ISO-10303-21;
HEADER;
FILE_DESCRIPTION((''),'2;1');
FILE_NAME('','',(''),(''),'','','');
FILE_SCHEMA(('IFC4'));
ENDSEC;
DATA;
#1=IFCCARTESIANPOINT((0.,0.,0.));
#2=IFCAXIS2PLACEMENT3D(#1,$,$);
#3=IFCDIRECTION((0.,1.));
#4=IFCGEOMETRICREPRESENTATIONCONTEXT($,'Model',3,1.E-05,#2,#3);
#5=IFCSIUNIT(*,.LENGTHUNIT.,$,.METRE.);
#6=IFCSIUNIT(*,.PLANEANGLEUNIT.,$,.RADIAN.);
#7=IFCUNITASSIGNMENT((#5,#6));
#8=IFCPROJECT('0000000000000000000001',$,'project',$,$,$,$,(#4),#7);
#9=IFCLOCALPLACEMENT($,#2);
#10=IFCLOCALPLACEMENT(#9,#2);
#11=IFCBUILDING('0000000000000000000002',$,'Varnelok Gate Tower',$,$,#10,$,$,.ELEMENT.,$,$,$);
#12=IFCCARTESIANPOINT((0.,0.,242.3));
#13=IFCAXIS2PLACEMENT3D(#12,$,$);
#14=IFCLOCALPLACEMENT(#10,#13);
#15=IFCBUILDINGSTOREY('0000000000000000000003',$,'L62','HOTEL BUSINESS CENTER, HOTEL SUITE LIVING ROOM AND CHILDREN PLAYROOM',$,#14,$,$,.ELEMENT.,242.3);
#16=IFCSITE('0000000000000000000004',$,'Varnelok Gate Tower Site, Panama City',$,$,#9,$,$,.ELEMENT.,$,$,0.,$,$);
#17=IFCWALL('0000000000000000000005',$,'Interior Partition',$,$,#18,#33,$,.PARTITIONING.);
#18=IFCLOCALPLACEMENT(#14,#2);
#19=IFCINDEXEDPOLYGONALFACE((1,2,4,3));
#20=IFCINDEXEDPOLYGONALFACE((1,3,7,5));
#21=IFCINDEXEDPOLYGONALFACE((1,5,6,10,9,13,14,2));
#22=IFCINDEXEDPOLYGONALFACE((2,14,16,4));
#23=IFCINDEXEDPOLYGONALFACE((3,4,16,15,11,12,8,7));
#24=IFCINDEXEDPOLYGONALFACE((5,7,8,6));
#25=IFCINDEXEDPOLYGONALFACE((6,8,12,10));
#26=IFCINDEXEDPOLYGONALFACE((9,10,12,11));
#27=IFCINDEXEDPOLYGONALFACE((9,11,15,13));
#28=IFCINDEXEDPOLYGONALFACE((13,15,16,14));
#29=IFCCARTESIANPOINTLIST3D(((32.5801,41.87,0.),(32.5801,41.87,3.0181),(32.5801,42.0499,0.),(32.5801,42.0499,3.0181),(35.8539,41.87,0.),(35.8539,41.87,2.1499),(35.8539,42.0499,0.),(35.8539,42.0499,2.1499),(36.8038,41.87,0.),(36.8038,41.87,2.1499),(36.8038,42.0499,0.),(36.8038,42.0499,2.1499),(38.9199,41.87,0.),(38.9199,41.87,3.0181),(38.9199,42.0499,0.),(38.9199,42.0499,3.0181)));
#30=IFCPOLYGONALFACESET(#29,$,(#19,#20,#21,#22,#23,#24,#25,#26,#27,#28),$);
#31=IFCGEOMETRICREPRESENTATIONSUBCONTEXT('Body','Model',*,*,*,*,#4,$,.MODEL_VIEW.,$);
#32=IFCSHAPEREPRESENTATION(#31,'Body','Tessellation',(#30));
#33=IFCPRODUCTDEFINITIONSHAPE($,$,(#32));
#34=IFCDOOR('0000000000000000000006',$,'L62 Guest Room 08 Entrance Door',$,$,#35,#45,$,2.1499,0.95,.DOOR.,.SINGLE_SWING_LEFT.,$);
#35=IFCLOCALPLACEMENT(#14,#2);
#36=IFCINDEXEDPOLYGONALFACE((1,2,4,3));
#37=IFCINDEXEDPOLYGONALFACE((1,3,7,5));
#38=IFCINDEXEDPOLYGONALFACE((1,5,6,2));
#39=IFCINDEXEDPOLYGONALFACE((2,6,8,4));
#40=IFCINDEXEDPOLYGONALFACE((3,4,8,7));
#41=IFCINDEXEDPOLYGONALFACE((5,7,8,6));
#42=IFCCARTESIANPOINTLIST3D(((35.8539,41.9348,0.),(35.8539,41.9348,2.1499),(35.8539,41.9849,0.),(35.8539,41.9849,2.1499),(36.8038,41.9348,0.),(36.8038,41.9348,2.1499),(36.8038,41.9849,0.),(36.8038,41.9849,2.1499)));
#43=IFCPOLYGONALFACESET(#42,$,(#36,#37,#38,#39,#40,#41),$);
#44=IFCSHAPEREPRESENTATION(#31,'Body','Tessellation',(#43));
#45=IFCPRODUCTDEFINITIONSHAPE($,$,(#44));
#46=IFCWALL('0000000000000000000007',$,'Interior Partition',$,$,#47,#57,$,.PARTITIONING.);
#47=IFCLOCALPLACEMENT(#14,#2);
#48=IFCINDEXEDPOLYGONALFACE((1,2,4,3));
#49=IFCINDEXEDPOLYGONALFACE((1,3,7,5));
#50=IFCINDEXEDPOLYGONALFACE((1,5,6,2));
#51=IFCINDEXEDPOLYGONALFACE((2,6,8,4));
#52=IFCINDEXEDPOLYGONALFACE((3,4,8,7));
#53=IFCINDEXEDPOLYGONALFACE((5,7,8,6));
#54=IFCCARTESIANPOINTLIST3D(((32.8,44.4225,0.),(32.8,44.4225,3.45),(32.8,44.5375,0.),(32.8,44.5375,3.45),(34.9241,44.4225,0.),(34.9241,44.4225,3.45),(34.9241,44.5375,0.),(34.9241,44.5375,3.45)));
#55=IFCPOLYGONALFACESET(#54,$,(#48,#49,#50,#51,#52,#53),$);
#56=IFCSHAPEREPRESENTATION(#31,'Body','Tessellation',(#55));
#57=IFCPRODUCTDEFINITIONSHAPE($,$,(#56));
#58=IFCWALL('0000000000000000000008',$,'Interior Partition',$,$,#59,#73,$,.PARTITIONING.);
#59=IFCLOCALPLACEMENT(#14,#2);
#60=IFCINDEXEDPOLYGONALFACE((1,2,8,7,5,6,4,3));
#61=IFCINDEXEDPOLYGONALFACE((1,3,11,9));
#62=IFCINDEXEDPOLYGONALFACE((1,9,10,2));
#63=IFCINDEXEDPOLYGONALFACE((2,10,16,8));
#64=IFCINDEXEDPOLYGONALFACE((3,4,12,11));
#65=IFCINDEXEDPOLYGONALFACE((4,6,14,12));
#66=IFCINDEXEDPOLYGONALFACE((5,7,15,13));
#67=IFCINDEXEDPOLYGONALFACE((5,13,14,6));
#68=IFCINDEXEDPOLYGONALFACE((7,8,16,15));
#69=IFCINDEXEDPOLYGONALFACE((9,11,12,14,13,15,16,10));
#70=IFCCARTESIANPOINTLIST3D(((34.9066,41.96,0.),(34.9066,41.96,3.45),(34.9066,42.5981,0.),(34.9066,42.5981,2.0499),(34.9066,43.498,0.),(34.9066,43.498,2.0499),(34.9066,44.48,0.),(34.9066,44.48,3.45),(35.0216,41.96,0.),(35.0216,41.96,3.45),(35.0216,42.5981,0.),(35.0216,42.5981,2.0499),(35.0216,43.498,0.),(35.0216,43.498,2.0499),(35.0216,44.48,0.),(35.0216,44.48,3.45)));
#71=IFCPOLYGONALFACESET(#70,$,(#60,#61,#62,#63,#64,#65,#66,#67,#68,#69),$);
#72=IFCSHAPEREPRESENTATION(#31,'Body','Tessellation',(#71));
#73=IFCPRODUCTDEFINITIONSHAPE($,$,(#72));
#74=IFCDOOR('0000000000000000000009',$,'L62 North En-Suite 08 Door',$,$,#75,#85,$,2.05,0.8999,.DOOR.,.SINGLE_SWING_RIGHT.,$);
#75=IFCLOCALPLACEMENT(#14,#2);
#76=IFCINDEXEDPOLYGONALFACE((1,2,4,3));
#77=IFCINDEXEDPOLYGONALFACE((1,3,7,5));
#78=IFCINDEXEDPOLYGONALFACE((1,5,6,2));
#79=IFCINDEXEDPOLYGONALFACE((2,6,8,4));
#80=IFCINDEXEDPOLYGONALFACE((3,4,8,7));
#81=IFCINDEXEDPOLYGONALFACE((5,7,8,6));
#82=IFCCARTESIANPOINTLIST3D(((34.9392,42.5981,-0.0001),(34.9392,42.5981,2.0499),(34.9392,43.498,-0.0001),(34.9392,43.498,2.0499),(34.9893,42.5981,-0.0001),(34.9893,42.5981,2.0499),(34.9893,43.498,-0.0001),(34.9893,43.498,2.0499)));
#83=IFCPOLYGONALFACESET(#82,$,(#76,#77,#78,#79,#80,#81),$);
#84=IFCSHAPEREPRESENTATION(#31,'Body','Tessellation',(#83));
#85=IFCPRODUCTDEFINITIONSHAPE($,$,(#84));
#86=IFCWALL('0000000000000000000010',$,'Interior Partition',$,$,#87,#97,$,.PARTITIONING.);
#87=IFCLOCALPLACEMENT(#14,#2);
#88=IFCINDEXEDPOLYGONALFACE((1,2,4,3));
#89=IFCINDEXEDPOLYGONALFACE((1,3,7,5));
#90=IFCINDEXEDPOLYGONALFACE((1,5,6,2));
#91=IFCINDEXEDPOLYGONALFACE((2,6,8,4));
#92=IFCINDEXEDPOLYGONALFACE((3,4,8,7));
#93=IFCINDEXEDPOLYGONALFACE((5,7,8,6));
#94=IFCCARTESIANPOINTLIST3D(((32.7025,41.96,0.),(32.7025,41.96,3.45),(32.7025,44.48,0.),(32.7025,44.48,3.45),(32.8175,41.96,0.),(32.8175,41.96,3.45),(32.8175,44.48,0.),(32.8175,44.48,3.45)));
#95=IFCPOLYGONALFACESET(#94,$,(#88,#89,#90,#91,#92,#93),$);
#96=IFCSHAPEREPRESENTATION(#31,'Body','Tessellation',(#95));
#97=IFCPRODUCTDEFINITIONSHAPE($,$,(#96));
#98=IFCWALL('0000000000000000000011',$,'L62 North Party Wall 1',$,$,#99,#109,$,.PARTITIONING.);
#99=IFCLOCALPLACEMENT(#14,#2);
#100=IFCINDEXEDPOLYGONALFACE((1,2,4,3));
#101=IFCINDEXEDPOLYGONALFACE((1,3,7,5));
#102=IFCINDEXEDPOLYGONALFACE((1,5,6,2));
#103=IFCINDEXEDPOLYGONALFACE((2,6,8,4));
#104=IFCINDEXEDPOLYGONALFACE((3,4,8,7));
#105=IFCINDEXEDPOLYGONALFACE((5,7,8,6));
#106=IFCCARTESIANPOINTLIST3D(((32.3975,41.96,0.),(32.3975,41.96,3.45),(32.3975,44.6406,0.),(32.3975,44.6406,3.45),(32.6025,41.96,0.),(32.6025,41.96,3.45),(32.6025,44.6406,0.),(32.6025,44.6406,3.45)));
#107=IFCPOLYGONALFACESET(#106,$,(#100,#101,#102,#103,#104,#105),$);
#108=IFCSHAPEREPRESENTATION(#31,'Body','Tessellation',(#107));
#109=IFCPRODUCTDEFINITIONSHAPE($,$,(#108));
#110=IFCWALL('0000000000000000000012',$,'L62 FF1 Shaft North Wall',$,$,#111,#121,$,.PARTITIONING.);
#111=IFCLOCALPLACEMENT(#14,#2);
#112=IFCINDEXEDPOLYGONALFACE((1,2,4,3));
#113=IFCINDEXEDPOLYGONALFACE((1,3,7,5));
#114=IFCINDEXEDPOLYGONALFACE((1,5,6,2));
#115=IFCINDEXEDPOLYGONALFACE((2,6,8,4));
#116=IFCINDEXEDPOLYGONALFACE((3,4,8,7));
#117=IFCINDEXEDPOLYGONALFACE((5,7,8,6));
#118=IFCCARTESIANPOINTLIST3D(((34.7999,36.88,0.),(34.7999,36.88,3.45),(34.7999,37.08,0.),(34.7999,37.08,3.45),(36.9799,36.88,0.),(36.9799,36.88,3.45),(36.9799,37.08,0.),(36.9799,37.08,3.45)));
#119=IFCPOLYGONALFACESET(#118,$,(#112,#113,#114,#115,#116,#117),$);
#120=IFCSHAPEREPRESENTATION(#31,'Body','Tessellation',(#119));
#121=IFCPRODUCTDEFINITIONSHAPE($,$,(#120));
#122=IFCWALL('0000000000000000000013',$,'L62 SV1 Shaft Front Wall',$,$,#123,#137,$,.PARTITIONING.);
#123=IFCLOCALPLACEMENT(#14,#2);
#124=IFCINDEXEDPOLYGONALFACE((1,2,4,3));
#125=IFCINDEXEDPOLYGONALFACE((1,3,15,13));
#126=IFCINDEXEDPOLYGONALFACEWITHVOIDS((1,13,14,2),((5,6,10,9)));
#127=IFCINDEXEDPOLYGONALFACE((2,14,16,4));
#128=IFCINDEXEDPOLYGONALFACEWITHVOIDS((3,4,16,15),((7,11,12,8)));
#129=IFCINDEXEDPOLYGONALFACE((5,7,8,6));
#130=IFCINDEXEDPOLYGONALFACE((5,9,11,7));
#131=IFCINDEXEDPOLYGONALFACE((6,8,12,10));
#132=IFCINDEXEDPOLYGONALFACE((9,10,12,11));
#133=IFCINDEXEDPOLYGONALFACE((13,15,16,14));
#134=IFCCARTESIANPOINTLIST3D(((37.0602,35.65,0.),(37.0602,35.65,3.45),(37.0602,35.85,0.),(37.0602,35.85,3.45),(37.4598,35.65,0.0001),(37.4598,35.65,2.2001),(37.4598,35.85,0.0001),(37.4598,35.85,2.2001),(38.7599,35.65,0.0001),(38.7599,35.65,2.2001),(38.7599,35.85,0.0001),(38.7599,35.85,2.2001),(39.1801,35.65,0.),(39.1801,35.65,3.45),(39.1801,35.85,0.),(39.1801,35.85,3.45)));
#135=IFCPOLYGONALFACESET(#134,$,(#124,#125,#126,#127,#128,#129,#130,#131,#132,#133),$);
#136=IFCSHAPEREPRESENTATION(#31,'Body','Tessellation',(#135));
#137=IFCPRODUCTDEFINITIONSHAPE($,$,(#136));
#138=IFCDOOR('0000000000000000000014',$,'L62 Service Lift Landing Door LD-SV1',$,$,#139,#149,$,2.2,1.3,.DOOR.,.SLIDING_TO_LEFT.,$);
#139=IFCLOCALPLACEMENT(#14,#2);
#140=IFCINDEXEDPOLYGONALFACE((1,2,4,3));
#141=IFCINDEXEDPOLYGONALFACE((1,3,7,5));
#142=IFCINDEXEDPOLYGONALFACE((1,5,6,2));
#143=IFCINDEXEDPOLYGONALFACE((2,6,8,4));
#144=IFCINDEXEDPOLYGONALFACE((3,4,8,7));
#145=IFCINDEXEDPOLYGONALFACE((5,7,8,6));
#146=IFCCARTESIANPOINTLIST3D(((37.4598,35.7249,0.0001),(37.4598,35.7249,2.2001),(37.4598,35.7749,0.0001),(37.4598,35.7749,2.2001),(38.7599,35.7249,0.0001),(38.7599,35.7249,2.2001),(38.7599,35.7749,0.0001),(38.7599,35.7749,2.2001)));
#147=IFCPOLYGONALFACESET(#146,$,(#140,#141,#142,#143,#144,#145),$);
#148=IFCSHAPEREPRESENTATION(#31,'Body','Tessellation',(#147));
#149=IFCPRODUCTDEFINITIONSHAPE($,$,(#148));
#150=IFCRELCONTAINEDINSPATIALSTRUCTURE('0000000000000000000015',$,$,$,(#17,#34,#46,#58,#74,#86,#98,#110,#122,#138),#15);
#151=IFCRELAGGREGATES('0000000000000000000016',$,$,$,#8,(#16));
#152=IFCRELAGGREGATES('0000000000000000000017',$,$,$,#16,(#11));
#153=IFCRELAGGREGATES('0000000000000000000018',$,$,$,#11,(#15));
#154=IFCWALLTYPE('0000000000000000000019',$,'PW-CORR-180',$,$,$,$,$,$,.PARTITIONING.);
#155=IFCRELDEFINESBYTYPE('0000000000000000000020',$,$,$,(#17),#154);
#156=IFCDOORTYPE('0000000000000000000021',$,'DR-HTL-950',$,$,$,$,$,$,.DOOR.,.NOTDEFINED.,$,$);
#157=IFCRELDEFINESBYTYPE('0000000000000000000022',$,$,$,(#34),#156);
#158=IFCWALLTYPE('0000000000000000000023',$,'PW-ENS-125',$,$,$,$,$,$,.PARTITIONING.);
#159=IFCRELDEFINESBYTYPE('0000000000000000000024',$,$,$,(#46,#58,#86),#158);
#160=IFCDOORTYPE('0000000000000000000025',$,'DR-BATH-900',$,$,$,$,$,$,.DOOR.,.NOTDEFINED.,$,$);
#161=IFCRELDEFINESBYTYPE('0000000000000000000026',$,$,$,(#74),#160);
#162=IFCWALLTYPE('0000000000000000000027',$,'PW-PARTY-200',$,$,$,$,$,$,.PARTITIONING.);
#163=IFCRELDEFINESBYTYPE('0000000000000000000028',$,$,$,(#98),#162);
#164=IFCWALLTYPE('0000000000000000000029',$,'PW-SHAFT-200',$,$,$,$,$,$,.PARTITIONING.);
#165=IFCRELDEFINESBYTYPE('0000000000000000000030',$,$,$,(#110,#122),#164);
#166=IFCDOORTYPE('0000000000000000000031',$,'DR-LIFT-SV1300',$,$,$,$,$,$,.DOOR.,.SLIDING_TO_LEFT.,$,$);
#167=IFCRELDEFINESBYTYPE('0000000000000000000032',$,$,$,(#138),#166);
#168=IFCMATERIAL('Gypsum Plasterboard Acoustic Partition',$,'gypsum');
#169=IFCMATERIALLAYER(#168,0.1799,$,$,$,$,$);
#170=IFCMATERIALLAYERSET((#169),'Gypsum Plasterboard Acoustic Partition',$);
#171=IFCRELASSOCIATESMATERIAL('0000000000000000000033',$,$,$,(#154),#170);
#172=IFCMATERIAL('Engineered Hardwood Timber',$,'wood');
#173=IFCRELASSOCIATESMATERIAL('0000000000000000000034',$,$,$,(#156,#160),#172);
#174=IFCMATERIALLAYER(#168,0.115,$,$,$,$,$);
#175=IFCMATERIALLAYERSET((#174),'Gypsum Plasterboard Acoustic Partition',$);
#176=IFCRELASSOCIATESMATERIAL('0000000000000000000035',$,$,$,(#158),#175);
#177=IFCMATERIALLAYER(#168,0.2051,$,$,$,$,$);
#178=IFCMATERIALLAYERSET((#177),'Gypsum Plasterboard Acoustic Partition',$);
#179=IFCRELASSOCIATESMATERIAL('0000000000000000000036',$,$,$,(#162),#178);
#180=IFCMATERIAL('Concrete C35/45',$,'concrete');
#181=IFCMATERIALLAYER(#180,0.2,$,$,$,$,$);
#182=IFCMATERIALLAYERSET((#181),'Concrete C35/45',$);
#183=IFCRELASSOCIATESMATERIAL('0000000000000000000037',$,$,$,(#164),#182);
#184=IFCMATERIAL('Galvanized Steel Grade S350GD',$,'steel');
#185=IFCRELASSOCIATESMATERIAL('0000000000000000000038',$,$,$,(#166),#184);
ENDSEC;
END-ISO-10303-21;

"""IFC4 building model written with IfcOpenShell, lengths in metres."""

from ifc_helpers import new_model, si_unit, direction, frame, frame_2d, origin, place, context, subcontext, project, spatial, rectangle, extrude, material, layer, layer_set, type_object, element, fill, save


model = new_model("IFC4")

# Units and contexts
model_context = context("Model", 3, precision=1e-05, world=origin(), true_north=direction((0.0, 1.0)))
body_context = subcontext(model_context, "Body", "Model", "MODEL_VIEW")
ifc_project = project(units=[si_unit("LENGTHUNIT", "METRE"), si_unit("PLANEANGLEUNIT", "RADIAN")], contexts=[model_context])

# Site, building, storey
site_placement = place(None, origin())
site = spatial("IfcSite", under=ifc_project, at=site_placement, Name="Varnelok Gate Tower Site, Panama City", CompositionType="ELEMENT", RefElevation=0.0)
building_placement = place(site_placement, origin())
building = spatial("IfcBuilding", under=site, at=building_placement, Name="Varnelok Gate Tower", CompositionType="ELEMENT")
storey_placement = place(building_placement, frame((0.0, 0.0, 242.3)))
storey = spatial("IfcBuildingStorey", under=building, at=storey_placement, Name="L62", Description="HOTEL BUSINESS CENTER, HOTEL SUITE LIVING ROOM AND CHILDREN PLAYROOM", CompositionType="ELEMENT", Elevation=242.3)

# Wall, opening, door
ifc_material_1 = material(Name="Gypsum Plasterboard Acoustic Partition", Category="gypsum")
ifc_layer_1 = layer(ifc_material_1, 0.1799)
ifc_layer_set_1 = layer_set([ifc_layer_1], Name="Gypsum Plasterboard Acoustic Partition")
wall_type_1 = type_object("IfcWallType", Name="PW-CORR-180", PredefinedType="PARTITIONING", material=ifc_layer_set_1)
wall_1_placement = place(storey_placement, frame((32.5801, 41.96, 0.0), z_axis=(0.0, 0.0, 1.0), x_axis=(1.0, 0.0, 0.0)))
wall_1 = element("IfcWall", 1, at=wall_1_placement, inside=storey, type_object=wall_type_1, Name="Interior Partition", PredefinedType="PARTITIONING", context=body_context, shape_type="SweptSolid", body=[
    extrude(rectangle(XDim=6.3398, YDim=0.1799, at=frame_2d((3.1699, 0.0))), origin(), (0.0, 0.0, 1.0), 3.0181),
])
opening_1_placement = place(wall_1_placement, frame((3.2737, 0.0, 0.0)))
opening_1 = element("IfcOpeningElement", 2, at=opening_1_placement, cuts=wall_1, PredefinedType="OPENING", context=body_context, shape_type="SweptSolid", body=[
    extrude(rectangle(XDim=0.95, YDim=2.1499, at=frame_2d((0.4751, 1.075))), frame((0.0, 0.0999, 0.0), z_axis=(0.0, -1.0, 0.0), x_axis=(1.0, 0.0, 0.0)), (0.0, 0.0, 1.0), 0.2),
])
ifc_material_2 = material(Name="Engineered Hardwood Timber", Category="wood")
door_type_1 = type_object("IfcDoorType", Name="DR-HTL-950", OperationType="NOTDEFINED", PredefinedType="DOOR", material=ifc_material_2)
door_1_placement = place(opening_1_placement, origin())
door_1 = element("IfcDoor", 3, at=door_1_placement, inside=storey, type_object=door_type_1, Name="L62 Guest Room 08 Entrance Door", OperationType="SINGLE_SWING_LEFT", OverallHeight=2.1499, OverallWidth=0.95, PredefinedType="DOOR", context=body_context, shape_type="SweptSolid", body=[
    extrude(rectangle(XDim=0.95, YDim=2.1499, at=frame_2d((0.4751, 1.075))), frame((0.0, 0.0249, 0.0), z_axis=(0.0, -1.0, 0.0), x_axis=(1.0, 0.0, 0.0)), (0.0, 0.0, 1.0), 0.05),
])
fill(opening_1, door_1)

# Wall
ifc_layer_2 = layer(ifc_material_1, 0.115)
ifc_layer_set_2 = layer_set([ifc_layer_2], Name="Gypsum Plasterboard Acoustic Partition")
wall_type_2 = type_object("IfcWallType", Name="PW-ENS-125", PredefinedType="PARTITIONING", material=ifc_layer_set_2)
wall_2_placement = place(storey_placement, frame((32.8, 44.48, 0.0), z_axis=(0.0, 0.0, 1.0), x_axis=(1.0, 0.0, 0.0)))
element("IfcWall", 4, at=wall_2_placement, inside=storey, type_object=wall_type_2, Name="Interior Partition", PredefinedType="PARTITIONING", context=body_context, shape_type="SweptSolid", body=[
    extrude(rectangle(XDim=2.124, YDim=0.115, at=frame_2d((1.062, 0.0))), origin(), (0.0, 0.0, 1.0), 3.45),
])

# Wall, opening, door
wall_3_placement = place(storey_placement, frame((34.9641, 41.96, 0.0), z_axis=(0.0, 0.0, 1.0), x_axis=(0.0, 1.0, 0.0)))
wall_3 = element("IfcWall", 5, at=wall_3_placement, inside=storey, type_object=wall_type_2, Name="Interior Partition", PredefinedType="PARTITIONING", context=body_context, shape_type="SweptSolid", body=[
    extrude(rectangle(XDim=2.52, YDim=0.115, at=frame_2d((1.26, 0.0))), origin(), (0.0, 0.0, 1.0), 3.45),
])
opening_2_placement = place(wall_3_placement, frame((0.6382, 0.0, 0.0)))
opening_2 = element("IfcOpeningElement", 6, at=opening_2_placement, cuts=wall_3, PredefinedType="OPENING", context=body_context, shape_type="SweptSolid", body=[
    extrude(rectangle(XDim=0.8999, YDim=2.05, at=frame_2d((0.45, 1.0249))), frame((0.0, 0.0674, 0.0), z_axis=(0.0, -1.0, 0.0), x_axis=(1.0, 0.0, 0.0)), (0.0, 0.0, 1.0), 0.135),
])
door_type_2 = type_object("IfcDoorType", Name="DR-BATH-900", OperationType="NOTDEFINED", PredefinedType="DOOR", material=ifc_material_2)
door_2_placement = place(opening_2_placement, origin())
door_2 = element("IfcDoor", 7, at=door_2_placement, inside=storey, type_object=door_type_2, Name="L62 North En-Suite 08 Door", OperationType="SINGLE_SWING_RIGHT", OverallHeight=2.05, OverallWidth=0.8999, PredefinedType="DOOR", context=body_context, shape_type="SweptSolid", body=[
    extrude(rectangle(XDim=0.8999, YDim=2.05, at=frame_2d((0.45, 1.0249))), frame((0.0, 0.0249, 0.0), z_axis=(0.0, -1.0, 0.0), x_axis=(1.0, 0.0, 0.0)), (0.0, 0.0, 1.0), 0.05),
])
fill(opening_2, door_2)

# Walls
wall_4_placement = place(storey_placement, frame((32.76, 41.96, 0.0), z_axis=(0.0, 0.0, 1.0), x_axis=(0.0, 1.0, 0.0)))
element("IfcWall", 8, at=wall_4_placement, inside=storey, type_object=wall_type_2, Name="Interior Partition", PredefinedType="PARTITIONING", context=body_context, shape_type="SweptSolid", body=[
    extrude(rectangle(XDim=2.52, YDim=0.115, at=frame_2d((1.26, 0.0))), origin(), (0.0, 0.0, 1.0), 3.45),
])
ifc_layer_3 = layer(ifc_material_1, 0.2051)
ifc_layer_set_3 = layer_set([ifc_layer_3], Name="Gypsum Plasterboard Acoustic Partition")
wall_type_3 = type_object("IfcWallType", Name="PW-PARTY-200", PredefinedType="PARTITIONING", material=ifc_layer_set_3)
wall_5_placement = place(storey_placement, frame((32.5, 41.96, 0.0), z_axis=(0.0, 0.0, 1.0), x_axis=(0.0, 1.0, 0.0)))
element("IfcWall", 9, at=wall_5_placement, inside=storey, type_object=wall_type_3, Name="L62 North Party Wall 1", PredefinedType="PARTITIONING", context=body_context, shape_type="SweptSolid", body=[
    extrude(rectangle(XDim=2.6807, YDim=0.2051, at=frame_2d((1.3403, 0.0))), origin(), (0.0, 0.0, 1.0), 3.45),
])
ifc_material_3 = material(Name="Concrete C35/45", Category="concrete")
ifc_layer_4 = layer(ifc_material_3, 0.2)
ifc_layer_set_4 = layer_set([ifc_layer_4], Name="Concrete C35/45")
wall_type_4 = type_object("IfcWallType", Name="PW-SHAFT-200", PredefinedType="PARTITIONING", material=ifc_layer_set_4)
wall_6_placement = place(storey_placement, frame((34.8, 36.98, 0.0), z_axis=(0.0, 0.0, 1.0), x_axis=(1.0, 0.0, 0.0)))
element("IfcWall", 10, at=wall_6_placement, inside=storey, type_object=wall_type_4, Name="L62 FF1 Shaft North Wall", PredefinedType="PARTITIONING", context=body_context, shape_type="SweptSolid", body=[
    extrude(rectangle(XDim=2.1799, YDim=0.2, at=frame_2d((1.0898, 0.0))), origin(), (0.0, 0.0, 1.0), 3.45),
])

# Wall, opening, door
wall_7_placement = place(storey_placement, frame((37.0601, 35.75, 0.0), z_axis=(0.0, 0.0, 1.0), x_axis=(1.0, 0.0, 0.0)))
wall_7 = element("IfcWall", 11, at=wall_7_placement, inside=storey, type_object=wall_type_4, Name="L62 SV1 Shaft Front Wall", PredefinedType="PARTITIONING", context=body_context, shape_type="SweptSolid", body=[
    extrude(rectangle(XDim=2.1199, YDim=0.2, at=frame_2d((1.0601, 0.0))), origin(), (0.0, 0.0, 1.0), 3.45),
])
opening_3_placement = place(wall_7_placement, frame((0.3999, 0.0, 0.0)))
opening_3 = element("IfcOpeningElement", 12, at=opening_3_placement, cuts=wall_7, PredefinedType="OPENING", context=body_context, shape_type="SweptSolid", body=[
    extrude(rectangle(XDim=1.3, YDim=2.2, at=frame_2d((0.6499, 1.1001))), frame((0.0, 0.1099, 0.0), z_axis=(0.0, -1.0, 0.0), x_axis=(1.0, 0.0, 0.0)), (0.0, 0.0, 1.0), 0.22),
])
ifc_material_4 = material(Name="Galvanized Steel Grade S350GD", Category="steel")
door_type_3 = type_object("IfcDoorType", Name="DR-LIFT-SV1300", OperationType="SLIDING_TO_LEFT", PredefinedType="DOOR", material=ifc_material_4)
door_3_placement = place(opening_3_placement, origin())
door_3 = element("IfcDoor", 13, at=door_3_placement, inside=storey, type_object=door_type_3, Name="L62 Service Lift Landing Door LD-SV1", OperationType="SLIDING_TO_LEFT", OverallHeight=2.2, OverallWidth=1.3, PredefinedType="DOOR", context=body_context, shape_type="SweptSolid", body=[
    extrude(rectangle(XDim=1.3, YDim=2.2, at=frame_2d((0.6499, 1.1001))), frame((0.0, 0.0249, 0.0), z_axis=(0.0, -1.0, 0.0), x_axis=(1.0, 0.0, 0.0)), (0.0, 0.0, 1.0), 0.05),
])
fill(opening_3, door_3)

save(model, "model.ifc")
